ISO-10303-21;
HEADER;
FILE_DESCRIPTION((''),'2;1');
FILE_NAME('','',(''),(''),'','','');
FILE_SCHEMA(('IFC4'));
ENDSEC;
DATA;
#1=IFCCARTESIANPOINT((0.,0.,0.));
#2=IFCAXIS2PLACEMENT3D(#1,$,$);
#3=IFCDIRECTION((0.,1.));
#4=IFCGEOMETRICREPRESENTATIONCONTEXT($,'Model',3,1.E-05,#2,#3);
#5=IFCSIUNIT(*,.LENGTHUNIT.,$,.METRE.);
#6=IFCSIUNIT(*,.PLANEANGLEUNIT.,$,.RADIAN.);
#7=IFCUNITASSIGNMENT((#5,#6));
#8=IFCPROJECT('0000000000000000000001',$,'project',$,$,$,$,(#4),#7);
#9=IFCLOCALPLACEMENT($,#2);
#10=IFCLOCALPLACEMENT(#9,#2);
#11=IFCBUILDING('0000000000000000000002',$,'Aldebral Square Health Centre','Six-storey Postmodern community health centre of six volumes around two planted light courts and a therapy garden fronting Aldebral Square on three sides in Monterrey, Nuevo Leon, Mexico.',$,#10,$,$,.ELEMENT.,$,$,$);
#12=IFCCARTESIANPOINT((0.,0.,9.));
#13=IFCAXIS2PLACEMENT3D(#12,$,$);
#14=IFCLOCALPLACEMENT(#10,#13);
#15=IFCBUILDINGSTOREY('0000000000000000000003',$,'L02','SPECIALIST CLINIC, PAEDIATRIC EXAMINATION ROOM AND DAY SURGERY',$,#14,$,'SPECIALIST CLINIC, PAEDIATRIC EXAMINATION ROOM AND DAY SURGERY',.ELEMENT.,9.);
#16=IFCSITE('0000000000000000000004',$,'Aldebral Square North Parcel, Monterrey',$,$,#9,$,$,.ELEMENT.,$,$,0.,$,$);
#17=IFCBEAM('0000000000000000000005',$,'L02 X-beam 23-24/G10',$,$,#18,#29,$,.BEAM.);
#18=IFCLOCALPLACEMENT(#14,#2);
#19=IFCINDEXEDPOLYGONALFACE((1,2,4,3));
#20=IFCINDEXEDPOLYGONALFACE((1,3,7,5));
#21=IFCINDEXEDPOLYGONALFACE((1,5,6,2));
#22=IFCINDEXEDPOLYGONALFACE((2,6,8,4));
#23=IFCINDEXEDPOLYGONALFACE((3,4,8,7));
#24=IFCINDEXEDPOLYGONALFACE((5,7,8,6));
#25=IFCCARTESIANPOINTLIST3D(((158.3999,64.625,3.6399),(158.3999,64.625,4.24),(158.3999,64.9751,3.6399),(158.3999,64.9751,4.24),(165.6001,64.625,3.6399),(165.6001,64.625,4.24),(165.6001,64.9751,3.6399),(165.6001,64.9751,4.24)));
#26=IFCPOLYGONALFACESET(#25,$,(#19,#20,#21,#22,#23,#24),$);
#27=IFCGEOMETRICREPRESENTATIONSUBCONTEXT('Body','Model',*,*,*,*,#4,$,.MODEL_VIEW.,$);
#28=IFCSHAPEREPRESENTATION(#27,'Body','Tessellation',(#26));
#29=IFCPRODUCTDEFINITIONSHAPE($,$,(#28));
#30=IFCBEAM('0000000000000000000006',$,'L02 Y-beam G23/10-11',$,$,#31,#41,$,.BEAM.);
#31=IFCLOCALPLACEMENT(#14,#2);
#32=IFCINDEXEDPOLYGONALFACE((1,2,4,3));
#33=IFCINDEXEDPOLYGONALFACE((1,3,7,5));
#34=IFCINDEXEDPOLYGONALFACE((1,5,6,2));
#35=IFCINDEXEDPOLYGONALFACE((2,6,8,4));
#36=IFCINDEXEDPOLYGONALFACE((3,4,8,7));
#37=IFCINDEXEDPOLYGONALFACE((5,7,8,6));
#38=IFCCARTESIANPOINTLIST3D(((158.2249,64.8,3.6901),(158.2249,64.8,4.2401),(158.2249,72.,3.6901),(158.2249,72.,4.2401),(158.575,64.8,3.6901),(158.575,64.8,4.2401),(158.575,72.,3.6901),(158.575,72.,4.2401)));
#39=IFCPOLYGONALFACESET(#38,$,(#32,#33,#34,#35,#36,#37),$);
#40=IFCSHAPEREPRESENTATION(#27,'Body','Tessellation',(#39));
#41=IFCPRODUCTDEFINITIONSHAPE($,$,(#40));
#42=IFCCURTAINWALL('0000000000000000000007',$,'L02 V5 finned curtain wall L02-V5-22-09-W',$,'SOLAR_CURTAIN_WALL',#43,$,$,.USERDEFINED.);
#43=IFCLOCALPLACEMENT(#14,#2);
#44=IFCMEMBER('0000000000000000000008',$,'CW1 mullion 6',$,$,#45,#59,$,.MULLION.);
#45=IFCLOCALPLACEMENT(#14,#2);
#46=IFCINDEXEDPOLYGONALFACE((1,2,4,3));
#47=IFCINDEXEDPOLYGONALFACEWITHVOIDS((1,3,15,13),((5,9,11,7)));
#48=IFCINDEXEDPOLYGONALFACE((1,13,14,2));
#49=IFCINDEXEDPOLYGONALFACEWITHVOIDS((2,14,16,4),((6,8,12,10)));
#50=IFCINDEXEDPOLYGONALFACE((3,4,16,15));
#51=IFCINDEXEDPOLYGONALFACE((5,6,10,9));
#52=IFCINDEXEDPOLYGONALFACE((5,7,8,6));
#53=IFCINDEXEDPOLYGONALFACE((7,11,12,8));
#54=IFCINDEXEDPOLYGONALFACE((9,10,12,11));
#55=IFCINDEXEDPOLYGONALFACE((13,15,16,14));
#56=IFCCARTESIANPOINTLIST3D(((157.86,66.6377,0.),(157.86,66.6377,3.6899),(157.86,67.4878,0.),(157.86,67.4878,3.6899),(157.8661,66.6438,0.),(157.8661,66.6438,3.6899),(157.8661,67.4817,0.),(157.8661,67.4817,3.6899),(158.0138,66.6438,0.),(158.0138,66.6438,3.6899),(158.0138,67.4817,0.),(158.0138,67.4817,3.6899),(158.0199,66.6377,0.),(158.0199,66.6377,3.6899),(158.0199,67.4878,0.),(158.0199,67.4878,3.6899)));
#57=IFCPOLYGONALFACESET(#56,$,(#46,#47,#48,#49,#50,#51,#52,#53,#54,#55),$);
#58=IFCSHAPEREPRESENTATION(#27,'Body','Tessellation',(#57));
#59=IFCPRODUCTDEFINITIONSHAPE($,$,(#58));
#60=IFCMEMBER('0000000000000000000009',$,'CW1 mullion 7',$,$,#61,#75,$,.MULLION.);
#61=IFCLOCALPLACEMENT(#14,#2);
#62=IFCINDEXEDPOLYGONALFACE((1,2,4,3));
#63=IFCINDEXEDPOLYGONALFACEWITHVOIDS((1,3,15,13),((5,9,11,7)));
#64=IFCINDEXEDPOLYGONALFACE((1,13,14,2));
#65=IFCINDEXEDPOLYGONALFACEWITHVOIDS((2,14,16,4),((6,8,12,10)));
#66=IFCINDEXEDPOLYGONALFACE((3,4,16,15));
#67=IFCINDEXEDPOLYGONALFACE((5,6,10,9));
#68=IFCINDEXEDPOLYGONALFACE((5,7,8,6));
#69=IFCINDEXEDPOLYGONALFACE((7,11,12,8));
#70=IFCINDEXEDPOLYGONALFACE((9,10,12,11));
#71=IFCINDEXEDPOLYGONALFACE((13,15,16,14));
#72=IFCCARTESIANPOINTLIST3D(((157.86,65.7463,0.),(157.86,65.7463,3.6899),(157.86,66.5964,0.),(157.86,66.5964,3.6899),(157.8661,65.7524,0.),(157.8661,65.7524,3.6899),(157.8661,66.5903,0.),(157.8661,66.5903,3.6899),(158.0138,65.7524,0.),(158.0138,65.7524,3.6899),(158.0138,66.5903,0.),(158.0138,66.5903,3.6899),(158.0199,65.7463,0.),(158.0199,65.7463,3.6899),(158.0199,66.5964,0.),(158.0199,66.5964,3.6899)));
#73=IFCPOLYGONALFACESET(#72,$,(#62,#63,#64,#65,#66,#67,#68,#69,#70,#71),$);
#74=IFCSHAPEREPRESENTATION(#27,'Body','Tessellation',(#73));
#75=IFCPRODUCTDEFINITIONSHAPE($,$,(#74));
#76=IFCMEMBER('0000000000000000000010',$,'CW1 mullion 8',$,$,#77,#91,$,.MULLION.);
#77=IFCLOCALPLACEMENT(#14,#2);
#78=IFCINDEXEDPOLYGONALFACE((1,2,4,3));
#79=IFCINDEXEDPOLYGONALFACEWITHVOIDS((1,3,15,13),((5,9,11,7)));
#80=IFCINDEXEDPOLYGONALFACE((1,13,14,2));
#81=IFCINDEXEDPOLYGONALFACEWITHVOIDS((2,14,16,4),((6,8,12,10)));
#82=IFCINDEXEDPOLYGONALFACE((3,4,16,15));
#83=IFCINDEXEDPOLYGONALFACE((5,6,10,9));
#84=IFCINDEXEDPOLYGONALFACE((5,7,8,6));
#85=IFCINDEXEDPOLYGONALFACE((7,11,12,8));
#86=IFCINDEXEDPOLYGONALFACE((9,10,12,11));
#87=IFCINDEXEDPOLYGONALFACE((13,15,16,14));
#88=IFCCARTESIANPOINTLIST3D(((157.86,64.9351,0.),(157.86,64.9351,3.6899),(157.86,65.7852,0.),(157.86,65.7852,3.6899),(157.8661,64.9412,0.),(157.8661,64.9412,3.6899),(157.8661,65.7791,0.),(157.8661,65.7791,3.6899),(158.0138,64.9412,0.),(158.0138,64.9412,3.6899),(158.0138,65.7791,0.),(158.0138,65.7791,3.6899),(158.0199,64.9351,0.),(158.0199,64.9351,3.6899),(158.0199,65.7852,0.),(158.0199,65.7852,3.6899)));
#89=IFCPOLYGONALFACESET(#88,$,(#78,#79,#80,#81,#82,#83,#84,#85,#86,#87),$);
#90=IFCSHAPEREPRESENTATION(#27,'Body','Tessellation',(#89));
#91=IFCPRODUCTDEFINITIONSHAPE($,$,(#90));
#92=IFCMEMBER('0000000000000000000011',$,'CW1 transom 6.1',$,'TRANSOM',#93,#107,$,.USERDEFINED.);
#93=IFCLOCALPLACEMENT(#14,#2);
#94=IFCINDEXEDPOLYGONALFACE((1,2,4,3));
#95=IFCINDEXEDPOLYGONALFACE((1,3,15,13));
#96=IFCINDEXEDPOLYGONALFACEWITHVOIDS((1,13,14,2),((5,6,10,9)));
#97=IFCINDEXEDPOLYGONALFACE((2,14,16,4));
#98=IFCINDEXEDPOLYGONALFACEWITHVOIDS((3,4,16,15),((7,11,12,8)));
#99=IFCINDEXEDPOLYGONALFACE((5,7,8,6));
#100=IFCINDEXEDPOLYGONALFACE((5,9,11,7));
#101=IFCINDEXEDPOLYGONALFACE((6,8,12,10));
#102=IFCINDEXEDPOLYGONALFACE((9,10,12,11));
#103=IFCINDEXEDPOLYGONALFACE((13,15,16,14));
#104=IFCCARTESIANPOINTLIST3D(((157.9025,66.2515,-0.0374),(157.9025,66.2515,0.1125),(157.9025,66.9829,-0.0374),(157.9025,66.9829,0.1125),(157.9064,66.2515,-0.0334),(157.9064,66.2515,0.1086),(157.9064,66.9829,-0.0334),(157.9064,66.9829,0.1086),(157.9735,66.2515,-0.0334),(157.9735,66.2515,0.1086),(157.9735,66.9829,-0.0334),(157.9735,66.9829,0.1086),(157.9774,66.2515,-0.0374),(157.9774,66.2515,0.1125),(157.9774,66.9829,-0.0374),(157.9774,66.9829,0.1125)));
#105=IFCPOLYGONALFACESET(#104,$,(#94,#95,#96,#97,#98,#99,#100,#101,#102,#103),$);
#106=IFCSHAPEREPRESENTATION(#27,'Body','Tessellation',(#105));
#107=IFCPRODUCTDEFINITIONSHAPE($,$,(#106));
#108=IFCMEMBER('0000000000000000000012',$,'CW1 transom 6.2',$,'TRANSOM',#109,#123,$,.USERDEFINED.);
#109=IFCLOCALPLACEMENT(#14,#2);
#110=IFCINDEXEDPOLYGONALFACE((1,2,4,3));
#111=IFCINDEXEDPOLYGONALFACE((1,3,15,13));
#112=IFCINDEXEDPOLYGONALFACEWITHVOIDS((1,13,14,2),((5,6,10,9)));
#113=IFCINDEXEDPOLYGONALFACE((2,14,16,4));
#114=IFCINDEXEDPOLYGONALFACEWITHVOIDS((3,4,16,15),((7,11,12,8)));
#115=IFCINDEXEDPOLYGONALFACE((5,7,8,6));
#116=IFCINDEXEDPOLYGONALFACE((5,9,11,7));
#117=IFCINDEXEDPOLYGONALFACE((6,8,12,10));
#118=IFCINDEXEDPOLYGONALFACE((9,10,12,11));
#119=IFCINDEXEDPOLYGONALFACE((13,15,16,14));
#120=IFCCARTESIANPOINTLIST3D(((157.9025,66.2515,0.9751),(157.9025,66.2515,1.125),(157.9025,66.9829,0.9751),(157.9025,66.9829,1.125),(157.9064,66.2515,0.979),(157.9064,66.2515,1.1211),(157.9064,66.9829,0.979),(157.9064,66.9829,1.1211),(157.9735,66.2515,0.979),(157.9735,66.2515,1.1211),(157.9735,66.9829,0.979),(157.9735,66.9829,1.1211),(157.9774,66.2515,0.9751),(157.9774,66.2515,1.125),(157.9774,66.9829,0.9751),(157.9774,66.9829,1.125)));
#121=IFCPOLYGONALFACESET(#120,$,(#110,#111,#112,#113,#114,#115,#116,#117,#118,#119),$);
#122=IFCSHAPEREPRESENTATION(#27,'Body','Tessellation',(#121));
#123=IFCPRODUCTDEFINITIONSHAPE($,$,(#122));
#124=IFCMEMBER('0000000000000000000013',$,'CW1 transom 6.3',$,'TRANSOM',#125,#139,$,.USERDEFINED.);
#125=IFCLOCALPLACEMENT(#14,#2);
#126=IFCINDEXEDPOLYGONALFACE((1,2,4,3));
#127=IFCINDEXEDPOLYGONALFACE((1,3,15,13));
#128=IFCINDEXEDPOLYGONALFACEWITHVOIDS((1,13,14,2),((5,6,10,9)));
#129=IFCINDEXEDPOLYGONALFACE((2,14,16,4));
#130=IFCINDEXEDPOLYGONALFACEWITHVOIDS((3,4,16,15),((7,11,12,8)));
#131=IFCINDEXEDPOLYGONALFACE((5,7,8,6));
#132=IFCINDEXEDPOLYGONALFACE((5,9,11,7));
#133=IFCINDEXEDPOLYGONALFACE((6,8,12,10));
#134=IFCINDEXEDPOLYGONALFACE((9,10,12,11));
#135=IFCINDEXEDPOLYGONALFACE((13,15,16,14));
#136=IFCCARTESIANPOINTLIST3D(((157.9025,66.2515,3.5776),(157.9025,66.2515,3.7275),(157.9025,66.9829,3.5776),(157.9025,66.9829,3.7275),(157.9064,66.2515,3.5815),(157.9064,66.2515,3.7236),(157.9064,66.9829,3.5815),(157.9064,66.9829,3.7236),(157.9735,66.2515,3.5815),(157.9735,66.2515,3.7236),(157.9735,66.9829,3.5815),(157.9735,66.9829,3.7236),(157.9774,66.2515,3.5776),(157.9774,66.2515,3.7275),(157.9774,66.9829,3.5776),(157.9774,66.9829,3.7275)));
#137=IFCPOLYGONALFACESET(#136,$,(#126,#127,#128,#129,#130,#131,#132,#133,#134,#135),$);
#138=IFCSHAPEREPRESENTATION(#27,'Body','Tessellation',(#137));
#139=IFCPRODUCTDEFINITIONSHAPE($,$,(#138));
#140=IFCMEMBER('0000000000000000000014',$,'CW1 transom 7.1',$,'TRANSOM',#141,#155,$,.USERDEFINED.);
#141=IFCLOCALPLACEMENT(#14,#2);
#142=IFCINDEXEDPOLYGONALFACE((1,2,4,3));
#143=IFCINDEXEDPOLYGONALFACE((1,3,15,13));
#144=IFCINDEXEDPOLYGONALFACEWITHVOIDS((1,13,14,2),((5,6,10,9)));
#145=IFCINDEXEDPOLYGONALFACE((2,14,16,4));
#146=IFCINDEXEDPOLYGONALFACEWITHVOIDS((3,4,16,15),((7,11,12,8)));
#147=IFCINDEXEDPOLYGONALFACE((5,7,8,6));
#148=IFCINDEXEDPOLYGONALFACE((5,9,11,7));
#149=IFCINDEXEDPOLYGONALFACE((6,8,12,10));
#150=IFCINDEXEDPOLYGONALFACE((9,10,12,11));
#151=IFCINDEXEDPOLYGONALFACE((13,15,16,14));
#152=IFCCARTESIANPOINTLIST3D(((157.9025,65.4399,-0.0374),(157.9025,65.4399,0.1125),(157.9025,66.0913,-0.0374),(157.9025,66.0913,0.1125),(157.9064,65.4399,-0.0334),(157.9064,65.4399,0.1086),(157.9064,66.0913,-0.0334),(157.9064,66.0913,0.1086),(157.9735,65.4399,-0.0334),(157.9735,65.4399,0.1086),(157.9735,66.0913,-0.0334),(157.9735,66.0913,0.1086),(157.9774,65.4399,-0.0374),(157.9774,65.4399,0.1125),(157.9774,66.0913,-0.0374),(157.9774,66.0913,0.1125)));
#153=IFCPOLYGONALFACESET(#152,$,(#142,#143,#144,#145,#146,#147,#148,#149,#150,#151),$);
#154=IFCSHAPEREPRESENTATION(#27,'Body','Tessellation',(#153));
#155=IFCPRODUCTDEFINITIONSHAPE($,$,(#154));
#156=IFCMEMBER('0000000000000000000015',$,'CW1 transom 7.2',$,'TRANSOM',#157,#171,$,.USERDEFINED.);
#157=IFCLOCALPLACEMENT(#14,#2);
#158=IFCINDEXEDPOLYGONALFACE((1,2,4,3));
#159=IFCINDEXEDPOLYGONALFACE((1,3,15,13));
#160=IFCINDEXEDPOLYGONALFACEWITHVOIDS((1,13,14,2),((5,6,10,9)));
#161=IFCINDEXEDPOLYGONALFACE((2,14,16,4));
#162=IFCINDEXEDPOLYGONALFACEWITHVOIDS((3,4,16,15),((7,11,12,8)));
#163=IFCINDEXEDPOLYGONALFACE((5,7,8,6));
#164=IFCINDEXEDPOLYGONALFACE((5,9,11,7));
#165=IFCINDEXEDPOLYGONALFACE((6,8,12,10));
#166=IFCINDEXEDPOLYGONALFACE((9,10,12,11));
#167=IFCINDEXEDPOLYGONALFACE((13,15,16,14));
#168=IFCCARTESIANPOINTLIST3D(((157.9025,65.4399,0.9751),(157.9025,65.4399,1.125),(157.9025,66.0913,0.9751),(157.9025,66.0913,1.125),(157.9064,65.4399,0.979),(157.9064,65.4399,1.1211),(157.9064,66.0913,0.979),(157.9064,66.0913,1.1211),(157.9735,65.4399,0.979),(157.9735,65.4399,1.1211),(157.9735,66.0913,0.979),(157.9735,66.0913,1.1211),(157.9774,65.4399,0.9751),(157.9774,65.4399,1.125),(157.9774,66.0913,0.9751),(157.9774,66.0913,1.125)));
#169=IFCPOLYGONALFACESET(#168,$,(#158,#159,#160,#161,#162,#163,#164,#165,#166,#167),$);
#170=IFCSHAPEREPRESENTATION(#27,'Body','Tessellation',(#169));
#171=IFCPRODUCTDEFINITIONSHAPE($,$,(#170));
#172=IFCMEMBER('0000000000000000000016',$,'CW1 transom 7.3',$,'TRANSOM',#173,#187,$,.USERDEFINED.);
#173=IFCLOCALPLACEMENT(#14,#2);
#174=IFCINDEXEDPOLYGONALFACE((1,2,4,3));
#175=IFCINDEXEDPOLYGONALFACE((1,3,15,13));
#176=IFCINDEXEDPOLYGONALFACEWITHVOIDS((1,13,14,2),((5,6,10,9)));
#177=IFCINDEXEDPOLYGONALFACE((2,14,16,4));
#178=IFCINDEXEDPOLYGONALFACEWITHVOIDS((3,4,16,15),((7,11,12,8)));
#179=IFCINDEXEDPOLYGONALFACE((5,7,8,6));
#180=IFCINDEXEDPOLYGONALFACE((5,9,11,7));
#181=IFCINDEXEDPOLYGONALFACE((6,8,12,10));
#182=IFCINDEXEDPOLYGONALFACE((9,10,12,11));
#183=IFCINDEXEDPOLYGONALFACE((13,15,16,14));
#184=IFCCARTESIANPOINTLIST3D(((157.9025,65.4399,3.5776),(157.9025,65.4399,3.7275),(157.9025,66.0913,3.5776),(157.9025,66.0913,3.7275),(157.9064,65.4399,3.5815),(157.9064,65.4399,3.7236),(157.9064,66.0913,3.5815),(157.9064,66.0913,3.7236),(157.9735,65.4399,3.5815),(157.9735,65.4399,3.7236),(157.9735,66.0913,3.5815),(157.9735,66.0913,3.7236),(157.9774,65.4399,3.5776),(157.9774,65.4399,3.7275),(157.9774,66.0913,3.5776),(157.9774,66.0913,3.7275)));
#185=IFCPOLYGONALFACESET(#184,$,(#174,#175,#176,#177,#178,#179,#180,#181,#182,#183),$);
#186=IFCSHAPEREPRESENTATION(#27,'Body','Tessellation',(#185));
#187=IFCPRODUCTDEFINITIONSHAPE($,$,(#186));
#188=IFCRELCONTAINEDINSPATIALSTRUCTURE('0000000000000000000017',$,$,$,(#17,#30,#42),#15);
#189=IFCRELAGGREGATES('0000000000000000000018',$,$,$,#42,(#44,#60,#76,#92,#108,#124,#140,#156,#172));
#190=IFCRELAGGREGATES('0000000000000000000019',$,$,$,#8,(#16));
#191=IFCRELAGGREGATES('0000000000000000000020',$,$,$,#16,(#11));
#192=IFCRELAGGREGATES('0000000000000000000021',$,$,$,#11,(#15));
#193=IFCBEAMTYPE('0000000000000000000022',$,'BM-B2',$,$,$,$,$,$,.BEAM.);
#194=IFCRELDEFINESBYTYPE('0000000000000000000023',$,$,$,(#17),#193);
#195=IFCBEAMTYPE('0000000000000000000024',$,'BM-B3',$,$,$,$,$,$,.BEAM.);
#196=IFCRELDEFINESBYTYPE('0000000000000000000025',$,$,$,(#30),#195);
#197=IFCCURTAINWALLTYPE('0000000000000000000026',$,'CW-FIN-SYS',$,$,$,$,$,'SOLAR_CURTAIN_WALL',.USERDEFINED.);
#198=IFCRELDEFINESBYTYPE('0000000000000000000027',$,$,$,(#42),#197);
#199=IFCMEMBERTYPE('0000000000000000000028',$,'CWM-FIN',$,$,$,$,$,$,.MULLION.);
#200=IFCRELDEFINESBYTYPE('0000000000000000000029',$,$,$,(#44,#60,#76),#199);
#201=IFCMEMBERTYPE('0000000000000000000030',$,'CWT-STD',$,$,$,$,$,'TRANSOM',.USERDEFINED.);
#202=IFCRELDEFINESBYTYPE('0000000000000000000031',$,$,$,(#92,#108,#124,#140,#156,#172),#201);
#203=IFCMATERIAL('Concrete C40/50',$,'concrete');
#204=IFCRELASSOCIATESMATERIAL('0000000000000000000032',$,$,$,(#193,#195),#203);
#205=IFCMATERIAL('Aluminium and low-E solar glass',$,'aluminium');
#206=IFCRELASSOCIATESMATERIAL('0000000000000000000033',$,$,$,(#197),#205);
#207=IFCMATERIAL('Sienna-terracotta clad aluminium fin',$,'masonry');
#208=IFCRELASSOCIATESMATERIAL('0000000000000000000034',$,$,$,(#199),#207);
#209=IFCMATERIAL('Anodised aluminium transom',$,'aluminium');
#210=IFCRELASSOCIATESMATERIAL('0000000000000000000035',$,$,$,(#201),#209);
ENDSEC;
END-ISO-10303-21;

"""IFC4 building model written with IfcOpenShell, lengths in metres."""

from ifc_helpers import new_model, si_unit, direction, frame, origin, origin_2d, place, context, subcontext, project, spatial, rectangle, hollow_rectangle, extrude, material, material_profile, profile_set, type_object, element, aggregate, save


model = new_model("IFC4")

# Units and contexts
model_context = context("Model", 3, precision=1e-05, world=origin(), true_north=direction((0.0, 1.0)))
body_context = subcontext(model_context, "Body", "Model", "MODEL_VIEW")
ifc_project = project(units=[si_unit("LENGTHUNIT", "METRE"), si_unit("PLANEANGLEUNIT", "RADIAN")], contexts=[model_context])

# Site, building, storey
site_placement = place(None, origin())
site = spatial("IfcSite", under=ifc_project, at=site_placement, Name="Aldebral Square North Parcel, Monterrey", CompositionType="ELEMENT", RefElevation=0.0)
building_placement = place(site_placement, origin())
building = spatial("IfcBuilding", under=site, at=building_placement, Name="Aldebral Square Health Centre", Description="Six-storey Postmodern community health centre of six volumes around two planted light courts and a therapy garden fronting Aldebral Square on three sides in Monterrey, Nuevo Leon, Mexico.", CompositionType="ELEMENT")
storey_placement = place(building_placement, frame((0.0, 0.0, 9.0)))
storey = spatial("IfcBuildingStorey", under=building, at=storey_placement, Name="L02", Description="SPECIALIST CLINIC, PAEDIATRIC EXAMINATION ROOM AND DAY SURGERY", LongName="SPECIALIST CLINIC, PAEDIATRIC EXAMINATION ROOM AND DAY SURGERY", CompositionType="ELEMENT", Elevation=9.0)

# Beams
ifc_material_1 = material(Name="Concrete C40/50", Category="concrete")
ifc_material_profile_1 = material_profile(ifc_material_1, rectangle(XDim=0.3501, YDim=0.6001, at=origin_2d()), Name="RC 350x600")
ifc_profile_set_1 = profile_set([ifc_material_profile_1], Name="Concrete C40/50")
beam_type_1 = type_object("IfcBeamType", Name="BM-B2", PredefinedType="BEAM", material=ifc_profile_set_1)
beam_1_placement = place(storey_placement, frame((158.3999, 64.8, 3.9399), z_axis=(1.0, 0.0, 0.0), x_axis=(0.0, 1.0, 0.0)))
element("IfcBeam", 1, at=beam_1_placement, inside=storey, type_object=beam_type_1, Name="L02 X-beam 23-24/G10", PredefinedType="BEAM", context=body_context, shape_type="SweptSolid", body=[
    extrude(rectangle(XDim=0.3501, YDim=0.6001, at=origin_2d()), origin(), (0.0, 0.0, 1.0), 7.2002),
])
ifc_material_profile_2 = material_profile(ifc_material_1, rectangle(XDim=0.3501, YDim=0.55, at=origin_2d()), Name="RC 350x550")
ifc_profile_set_2 = profile_set([ifc_material_profile_2], Name="Concrete C40/50")
beam_type_2 = type_object("IfcBeamType", Name="BM-B3", PredefinedType="BEAM", material=ifc_profile_set_2)
beam_2_placement = place(storey_placement, frame((158.3999, 64.8, 3.9651), z_axis=(0.0, 1.0, 0.0), x_axis=(-1.0, 0.0, 0.0)))
element("IfcBeam", 2, at=beam_2_placement, inside=storey, type_object=beam_type_2, Name="L02 Y-beam G23/10-11", PredefinedType="BEAM", context=body_context, shape_type="SweptSolid", body=[
    extrude(rectangle(XDim=0.3501, YDim=0.55, at=origin_2d()), origin(), (0.0, 0.0, 1.0), 7.2),
])

# Curtain wall, members
ifc_material_2 = material(Name="Aluminium and low-E solar glass", Category="aluminium")
curtain_wall_type = type_object("IfcCurtainWallType", Name="CW-FIN-SYS", ElementType="SOLAR_CURTAIN_WALL", PredefinedType="USERDEFINED", material=ifc_material_2)
curtain_wall_placement = place(storey_placement, origin())
curtain_wall = element("IfcCurtainWall", 3, at=curtain_wall_placement, inside=storey, type_object=curtain_wall_type, Name="L02 V5 finned curtain wall L02-V5-22-09-W", ObjectType="SOLAR_CURTAIN_WALL", PredefinedType="USERDEFINED")
ifc_material_3 = material(Name="Sienna-terracotta clad aluminium fin", Category="masonry")
ifc_material_profile_3 = material_profile(ifc_material_3, hollow_rectangle(XDim=0.1599, YDim=0.8501, WallThickness=0.0061, at=origin_2d()), Name="FIN 160x850x6")
ifc_profile_set_3 = profile_set([ifc_material_profile_3], Name="Sienna-terracotta clad aluminium fin")
member_type_1 = type_object("IfcMemberType", Name="CWM-FIN", PredefinedType="MULLION", material=ifc_profile_set_3)
member_1_placement = place(storey_placement, frame((157.9399, 67.0627, 0.0), z_axis=(0.0, 0.0, 1.0), x_axis=(1.0, 0.0, 0.0)))
member_1 = element("IfcMember", 4, at=member_1_placement, type_object=member_type_1, Name="CW1 mullion 6", PredefinedType="MULLION", context=body_context, shape_type="SweptSolid", body=[
    extrude(hollow_rectangle(XDim=0.1599, YDim=0.8501, WallThickness=0.0061, at=origin_2d()), origin(), (0.0, 0.0, 1.0), 3.6899),
])
member_2_placement = place(storey_placement, frame((157.9399, 66.1714, 0.0), z_axis=(0.0, 0.0, 1.0), x_axis=(1.0, 0.0, 0.0)))
member_2 = element("IfcMember", 5, at=member_2_placement, type_object=member_type_1, Name="CW1 mullion 7", PredefinedType="MULLION", context=body_context, shape_type="SweptSolid", body=[
    extrude(hollow_rectangle(XDim=0.1599, YDim=0.8501, WallThickness=0.0061, at=origin_2d()), origin(), (0.0, 0.0, 1.0), 3.6899),
])
member_3_placement = place(storey_placement, frame((157.9399, 65.3601, 0.0), z_axis=(0.0, 0.0, 1.0), x_axis=(1.0, 0.0, 0.0)))
member_3 = element("IfcMember", 6, at=member_3_placement, type_object=member_type_1, Name="CW1 mullion 8", PredefinedType="MULLION", context=body_context, shape_type="SweptSolid", body=[
    extrude(hollow_rectangle(XDim=0.1599, YDim=0.8501, WallThickness=0.0061, at=origin_2d()), origin(), (0.0, 0.0, 1.0), 3.6899),
])
ifc_material_4 = material(Name="Anodised aluminium transom", Category="aluminium")
ifc_material_profile_4 = material_profile(ifc_material_4, hollow_rectangle(XDim=0.075, YDim=0.1499, WallThickness=0.0039, at=origin_2d()), Name="CWT 75x150x4")
ifc_profile_set_4 = profile_set([ifc_material_profile_4], Name="Anodised aluminium transom")
member_type_2 = type_object("IfcMemberType", Name="CWT-STD", ElementType="TRANSOM", PredefinedType="USERDEFINED", material=ifc_profile_set_4)
member_4_placement = place(storey_placement, frame((157.9399, 66.9829, 0.0376), z_axis=(0.0, -1.0, 0.0), x_axis=(1.0, 0.0, 0.0)))
member_4 = element("IfcMember", 7, at=member_4_placement, type_object=member_type_2, Name="CW1 transom 6.1", ObjectType="TRANSOM", PredefinedType="USERDEFINED", context=body_context, shape_type="SweptSolid", body=[
    extrude(hollow_rectangle(XDim=0.075, YDim=0.1499, WallThickness=0.0039, at=origin_2d()), origin(), (0.0, 0.0, 1.0), 0.7314),
])
member_5_placement = place(storey_placement, frame((157.9399, 66.9829, 1.05), z_axis=(0.0, -1.0, 0.0), x_axis=(1.0, 0.0, 0.0)))
member_5 = element("IfcMember", 8, at=member_5_placement, type_object=member_type_2, Name="CW1 transom 6.2", ObjectType="TRANSOM", PredefinedType="USERDEFINED", context=body_context, shape_type="SweptSolid", body=[
    extrude(hollow_rectangle(XDim=0.075, YDim=0.1499, WallThickness=0.0039, at=origin_2d()), origin(), (0.0, 0.0, 1.0), 0.7314),
])
member_6_placement = place(storey_placement, frame((157.9399, 66.9829, 3.6526), z_axis=(0.0, -1.0, 0.0), x_axis=(1.0, 0.0, 0.0)))
member_6 = element("IfcMember", 9, at=member_6_placement, type_object=member_type_2, Name="CW1 transom 6.3", ObjectType="TRANSOM", PredefinedType="USERDEFINED", context=body_context, shape_type="SweptSolid", body=[
    extrude(hollow_rectangle(XDim=0.075, YDim=0.1499, WallThickness=0.0039, at=origin_2d()), origin(), (0.0, 0.0, 1.0), 0.7314),
])
member_7_placement = place(storey_placement, frame((157.9399, 66.0913, 0.0376), z_axis=(0.0, -1.0, 0.0), x_axis=(1.0, 0.0, 0.0)))
member_7 = element("IfcMember", 10, at=member_7_placement, type_object=member_type_2, Name="CW1 transom 7.1", ObjectType="TRANSOM", PredefinedType="USERDEFINED", context=body_context, shape_type="SweptSolid", body=[
    extrude(hollow_rectangle(XDim=0.075, YDim=0.1499, WallThickness=0.0039, at=origin_2d()), origin(), (0.0, 0.0, 1.0), 0.6514),
])
member_8_placement = place(storey_placement, frame((157.9399, 66.0913, 1.05), z_axis=(0.0, -1.0, 0.0), x_axis=(1.0, 0.0, 0.0)))
member_8 = element("IfcMember", 11, at=member_8_placement, type_object=member_type_2, Name="CW1 transom 7.2", ObjectType="TRANSOM", PredefinedType="USERDEFINED", context=body_context, shape_type="SweptSolid", body=[
    extrude(hollow_rectangle(XDim=0.075, YDim=0.1499, WallThickness=0.0039, at=origin_2d()), origin(), (0.0, 0.0, 1.0), 0.6514),
])
member_9_placement = place(storey_placement, frame((157.9399, 66.0913, 3.6526), z_axis=(0.0, -1.0, 0.0), x_axis=(1.0, 0.0, 0.0)))
member_9 = element("IfcMember", 12, at=member_9_placement, type_object=member_type_2, Name="CW1 transom 7.3", ObjectType="TRANSOM", PredefinedType="USERDEFINED", context=body_context, shape_type="SweptSolid", body=[
    extrude(hollow_rectangle(XDim=0.075, YDim=0.1499, WallThickness=0.0039, at=origin_2d()), origin(), (0.0, 0.0, 1.0), 0.6514),
])
aggregate(curtain_wall, [member_1, member_2, member_3, member_4, member_5, member_6, member_7, member_8, member_9])

save(model, "model.ifc")
